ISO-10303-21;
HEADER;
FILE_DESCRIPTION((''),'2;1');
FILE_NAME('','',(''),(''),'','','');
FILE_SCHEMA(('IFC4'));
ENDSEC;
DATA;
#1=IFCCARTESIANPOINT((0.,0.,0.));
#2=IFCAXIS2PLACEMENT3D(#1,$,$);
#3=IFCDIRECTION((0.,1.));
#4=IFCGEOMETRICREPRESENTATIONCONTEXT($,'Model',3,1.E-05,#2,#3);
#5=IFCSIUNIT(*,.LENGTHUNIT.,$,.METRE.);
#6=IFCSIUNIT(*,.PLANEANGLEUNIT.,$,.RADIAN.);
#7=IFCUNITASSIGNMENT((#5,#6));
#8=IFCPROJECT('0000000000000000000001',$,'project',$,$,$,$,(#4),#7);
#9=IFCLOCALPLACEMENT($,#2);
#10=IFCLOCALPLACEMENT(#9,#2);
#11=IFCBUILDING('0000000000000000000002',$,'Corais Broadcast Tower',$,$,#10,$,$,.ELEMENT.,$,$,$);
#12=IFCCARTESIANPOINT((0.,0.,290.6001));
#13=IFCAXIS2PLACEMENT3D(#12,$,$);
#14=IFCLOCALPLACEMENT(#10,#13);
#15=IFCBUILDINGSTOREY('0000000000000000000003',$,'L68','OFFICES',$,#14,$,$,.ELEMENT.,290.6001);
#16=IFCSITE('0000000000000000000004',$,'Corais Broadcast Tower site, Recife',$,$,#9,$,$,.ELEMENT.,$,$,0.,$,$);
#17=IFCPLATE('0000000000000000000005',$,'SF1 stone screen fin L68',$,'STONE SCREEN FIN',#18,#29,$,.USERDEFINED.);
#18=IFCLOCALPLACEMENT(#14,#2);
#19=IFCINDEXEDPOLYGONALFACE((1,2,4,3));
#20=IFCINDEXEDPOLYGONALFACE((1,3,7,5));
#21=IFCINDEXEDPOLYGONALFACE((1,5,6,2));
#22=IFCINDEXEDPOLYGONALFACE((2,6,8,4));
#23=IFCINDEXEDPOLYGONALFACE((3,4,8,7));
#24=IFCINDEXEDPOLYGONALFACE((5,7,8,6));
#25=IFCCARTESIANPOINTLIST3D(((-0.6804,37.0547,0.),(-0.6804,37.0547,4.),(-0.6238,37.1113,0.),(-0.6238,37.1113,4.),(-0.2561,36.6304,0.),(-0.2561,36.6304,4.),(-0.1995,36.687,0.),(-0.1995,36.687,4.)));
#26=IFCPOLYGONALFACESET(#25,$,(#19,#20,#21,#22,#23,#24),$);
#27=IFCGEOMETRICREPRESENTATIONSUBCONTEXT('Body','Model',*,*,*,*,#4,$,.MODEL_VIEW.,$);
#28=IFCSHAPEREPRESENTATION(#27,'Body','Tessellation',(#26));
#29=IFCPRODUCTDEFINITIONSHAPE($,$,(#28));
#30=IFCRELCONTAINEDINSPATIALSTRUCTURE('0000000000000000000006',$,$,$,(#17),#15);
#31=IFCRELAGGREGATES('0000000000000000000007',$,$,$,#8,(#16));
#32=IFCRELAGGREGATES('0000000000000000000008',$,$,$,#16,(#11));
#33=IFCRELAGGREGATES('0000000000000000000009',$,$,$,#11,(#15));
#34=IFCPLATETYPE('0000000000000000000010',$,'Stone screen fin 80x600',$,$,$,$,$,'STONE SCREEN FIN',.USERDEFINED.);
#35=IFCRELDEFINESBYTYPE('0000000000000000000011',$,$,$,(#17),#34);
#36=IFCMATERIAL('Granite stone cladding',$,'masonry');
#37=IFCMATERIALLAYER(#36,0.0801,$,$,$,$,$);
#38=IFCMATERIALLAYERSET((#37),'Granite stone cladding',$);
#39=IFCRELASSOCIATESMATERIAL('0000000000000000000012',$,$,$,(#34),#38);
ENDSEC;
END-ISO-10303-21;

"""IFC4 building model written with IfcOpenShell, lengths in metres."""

from ifc_helpers import new_model, si_unit, direction, frame, origin, origin_2d, place, context, subcontext, project, spatial, rectangle, extrude, material, layer, layer_set, type_object, element, save


model = new_model("IFC4")

# Units and contexts
model_context = context("Model", 3, precision=1e-05, world=origin(), true_north=direction((0.0, 1.0)))
body_context = subcontext(model_context, "Body", "Model", "MODEL_VIEW")
ifc_project = project(units=[si_unit("LENGTHUNIT", "METRE"), si_unit("PLANEANGLEUNIT", "RADIAN")], contexts=[model_context])

# Site, building, storey
site_placement = place(None, origin())
site = spatial("IfcSite", under=ifc_project, at=site_placement, Name="Corais Broadcast Tower site, Recife", CompositionType="ELEMENT", RefElevation=0.0)
building_placement = place(site_placement, origin())
building = spatial("IfcBuilding", under=site, at=building_placement, Name="Corais Broadcast Tower", CompositionType="ELEMENT")
storey_placement = place(building_placement, frame((0.0, 0.0, 290.6001)))
storey = spatial("IfcBuildingStorey", under=building, at=storey_placement, Name="L68", Description="OFFICES", CompositionType="ELEMENT", Elevation=290.6001)

# Plate
ifc_material_1 = material(Name="Granite stone cladding", Category="masonry")
ifc_layer_1 = layer(ifc_material_1, 0.0801)
ifc_layer_set_1 = layer_set([ifc_layer_1], Name="Granite stone cladding")
plate_type_1 = type_object("IfcPlateType", Name="Stone screen fin 80x600", ElementType="STONE SCREEN FIN", PredefinedType="USERDEFINED", material=ifc_layer_set_1)
plate_1_placement = place(storey_placement, frame((-0.4399, 36.8708, 0.0), z_axis=(0.0, 0.0, 1.0), x_axis=(0.707107, 0.707107, 0.0)))
element("IfcPlate", 1, at=plate_1_placement, inside=storey, type_object=plate_type_1, Name="SF1 stone screen fin L68", ObjectType="STONE SCREEN FIN", PredefinedType="USERDEFINED", context=body_context, shape_type="SweptSolid", body=[
    extrude(rectangle(XDim=0.0801, YDim=0.6001, at=origin_2d()), origin(), (0.0, 0.0, 1.0), 4.0),
])

save(model, "model.ifc")
